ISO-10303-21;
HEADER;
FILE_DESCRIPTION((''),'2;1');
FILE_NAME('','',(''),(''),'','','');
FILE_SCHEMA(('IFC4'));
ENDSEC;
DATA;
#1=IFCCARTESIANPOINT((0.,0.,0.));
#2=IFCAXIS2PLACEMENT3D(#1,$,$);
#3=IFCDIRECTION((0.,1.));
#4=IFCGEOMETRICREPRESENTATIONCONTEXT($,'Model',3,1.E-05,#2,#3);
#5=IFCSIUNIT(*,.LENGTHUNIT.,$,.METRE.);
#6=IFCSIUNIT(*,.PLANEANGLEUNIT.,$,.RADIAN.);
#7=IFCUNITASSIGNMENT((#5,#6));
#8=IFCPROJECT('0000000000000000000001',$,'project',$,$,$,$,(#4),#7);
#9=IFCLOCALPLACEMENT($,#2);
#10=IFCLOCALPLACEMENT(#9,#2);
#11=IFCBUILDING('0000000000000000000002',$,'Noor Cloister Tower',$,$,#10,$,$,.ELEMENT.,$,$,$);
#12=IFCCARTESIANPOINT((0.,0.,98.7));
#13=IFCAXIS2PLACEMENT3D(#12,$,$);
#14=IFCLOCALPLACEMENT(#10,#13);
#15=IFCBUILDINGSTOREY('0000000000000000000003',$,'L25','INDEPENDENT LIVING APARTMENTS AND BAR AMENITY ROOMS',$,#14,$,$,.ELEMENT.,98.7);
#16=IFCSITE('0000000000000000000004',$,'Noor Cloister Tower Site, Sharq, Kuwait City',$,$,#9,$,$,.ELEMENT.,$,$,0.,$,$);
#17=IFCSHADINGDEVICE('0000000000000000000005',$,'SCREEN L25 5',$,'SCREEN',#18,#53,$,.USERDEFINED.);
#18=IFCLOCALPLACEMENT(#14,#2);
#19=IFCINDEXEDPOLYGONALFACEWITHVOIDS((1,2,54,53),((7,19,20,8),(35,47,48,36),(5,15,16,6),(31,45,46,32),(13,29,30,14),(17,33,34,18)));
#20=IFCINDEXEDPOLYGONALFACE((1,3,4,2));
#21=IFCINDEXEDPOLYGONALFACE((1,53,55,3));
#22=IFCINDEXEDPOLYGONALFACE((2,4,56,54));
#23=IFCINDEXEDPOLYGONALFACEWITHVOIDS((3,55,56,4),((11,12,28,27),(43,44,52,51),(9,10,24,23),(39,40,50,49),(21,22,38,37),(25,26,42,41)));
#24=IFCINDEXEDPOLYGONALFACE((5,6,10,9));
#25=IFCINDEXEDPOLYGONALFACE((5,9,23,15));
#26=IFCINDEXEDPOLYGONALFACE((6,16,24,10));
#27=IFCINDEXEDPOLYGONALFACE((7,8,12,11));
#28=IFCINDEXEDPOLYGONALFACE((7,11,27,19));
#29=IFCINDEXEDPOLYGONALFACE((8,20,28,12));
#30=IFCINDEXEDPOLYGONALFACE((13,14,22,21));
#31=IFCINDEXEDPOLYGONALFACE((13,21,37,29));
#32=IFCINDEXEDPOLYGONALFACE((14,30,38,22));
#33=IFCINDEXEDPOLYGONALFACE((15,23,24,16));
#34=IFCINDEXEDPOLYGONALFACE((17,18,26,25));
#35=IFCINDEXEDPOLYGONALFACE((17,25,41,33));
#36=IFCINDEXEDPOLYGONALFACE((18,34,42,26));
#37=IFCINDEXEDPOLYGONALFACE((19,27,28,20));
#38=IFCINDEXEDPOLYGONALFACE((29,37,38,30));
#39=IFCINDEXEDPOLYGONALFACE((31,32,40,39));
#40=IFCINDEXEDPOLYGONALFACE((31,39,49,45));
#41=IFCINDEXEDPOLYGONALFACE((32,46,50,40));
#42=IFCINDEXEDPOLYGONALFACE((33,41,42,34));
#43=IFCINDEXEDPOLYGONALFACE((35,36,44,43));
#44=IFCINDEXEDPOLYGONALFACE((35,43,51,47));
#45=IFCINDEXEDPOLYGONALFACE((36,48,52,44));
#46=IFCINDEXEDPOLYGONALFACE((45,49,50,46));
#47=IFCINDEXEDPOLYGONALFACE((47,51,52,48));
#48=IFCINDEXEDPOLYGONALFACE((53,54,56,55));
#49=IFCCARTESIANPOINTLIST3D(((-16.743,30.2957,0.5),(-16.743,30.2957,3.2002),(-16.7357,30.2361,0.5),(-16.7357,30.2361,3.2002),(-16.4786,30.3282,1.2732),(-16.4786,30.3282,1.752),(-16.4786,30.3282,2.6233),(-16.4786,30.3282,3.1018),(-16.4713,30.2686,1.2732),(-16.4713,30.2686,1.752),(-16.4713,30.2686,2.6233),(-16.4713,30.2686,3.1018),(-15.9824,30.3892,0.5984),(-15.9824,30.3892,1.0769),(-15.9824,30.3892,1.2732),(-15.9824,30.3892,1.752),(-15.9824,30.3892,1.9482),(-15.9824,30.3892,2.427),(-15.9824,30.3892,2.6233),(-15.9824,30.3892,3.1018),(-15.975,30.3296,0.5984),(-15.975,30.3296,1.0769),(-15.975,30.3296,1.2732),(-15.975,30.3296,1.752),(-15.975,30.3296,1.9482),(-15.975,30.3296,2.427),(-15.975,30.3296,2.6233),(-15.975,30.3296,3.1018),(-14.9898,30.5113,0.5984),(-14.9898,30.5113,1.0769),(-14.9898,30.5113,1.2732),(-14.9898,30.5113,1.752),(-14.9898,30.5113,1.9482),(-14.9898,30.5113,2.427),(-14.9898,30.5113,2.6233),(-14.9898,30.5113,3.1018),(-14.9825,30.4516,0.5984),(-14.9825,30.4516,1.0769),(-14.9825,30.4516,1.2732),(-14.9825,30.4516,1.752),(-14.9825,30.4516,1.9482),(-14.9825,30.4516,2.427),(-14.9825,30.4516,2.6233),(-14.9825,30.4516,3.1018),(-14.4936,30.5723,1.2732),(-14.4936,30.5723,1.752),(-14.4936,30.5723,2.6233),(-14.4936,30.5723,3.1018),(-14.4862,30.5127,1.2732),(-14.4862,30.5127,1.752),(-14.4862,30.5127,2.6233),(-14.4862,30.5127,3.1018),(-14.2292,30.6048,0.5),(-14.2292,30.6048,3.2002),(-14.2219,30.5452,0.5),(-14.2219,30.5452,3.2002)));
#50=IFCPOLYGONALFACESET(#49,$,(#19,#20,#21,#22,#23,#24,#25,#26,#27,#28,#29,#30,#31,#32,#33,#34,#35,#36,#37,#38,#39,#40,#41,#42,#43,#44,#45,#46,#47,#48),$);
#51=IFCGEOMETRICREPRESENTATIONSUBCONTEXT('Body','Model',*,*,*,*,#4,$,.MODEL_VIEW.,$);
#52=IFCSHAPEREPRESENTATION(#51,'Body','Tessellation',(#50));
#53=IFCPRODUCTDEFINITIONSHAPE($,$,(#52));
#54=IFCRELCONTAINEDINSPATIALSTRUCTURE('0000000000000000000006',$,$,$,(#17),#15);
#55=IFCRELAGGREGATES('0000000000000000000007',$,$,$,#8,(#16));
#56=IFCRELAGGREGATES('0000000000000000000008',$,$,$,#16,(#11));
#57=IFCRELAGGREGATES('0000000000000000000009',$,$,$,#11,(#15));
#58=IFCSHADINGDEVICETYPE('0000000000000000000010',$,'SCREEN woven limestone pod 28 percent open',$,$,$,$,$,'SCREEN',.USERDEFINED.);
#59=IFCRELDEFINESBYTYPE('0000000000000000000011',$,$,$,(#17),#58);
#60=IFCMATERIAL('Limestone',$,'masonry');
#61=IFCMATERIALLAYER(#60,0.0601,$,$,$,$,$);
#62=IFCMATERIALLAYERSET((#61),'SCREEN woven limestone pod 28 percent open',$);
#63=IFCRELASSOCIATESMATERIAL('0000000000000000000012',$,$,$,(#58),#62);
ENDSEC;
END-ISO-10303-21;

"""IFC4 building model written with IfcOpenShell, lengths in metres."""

from ifc_helpers import new_model, si_unit, direction, frame, origin, place, context, subcontext, project, spatial, polyline, outline, extrude, material, layer, layer_set, type_object, element, save


model = new_model("IFC4")

# Units and contexts
model_context = context("Model", 3, precision=1e-05, world=origin(), true_north=direction((0.0, 1.0)))
body_context = subcontext(model_context, "Body", "Model", "MODEL_VIEW")
ifc_project = project(units=[si_unit("LENGTHUNIT", "METRE"), si_unit("PLANEANGLEUNIT", "RADIAN")], contexts=[model_context])

# Site, building, storey
site_placement = place(None, origin())
site = spatial("IfcSite", under=ifc_project, at=site_placement, Name="Noor Cloister Tower Site, Sharq, Kuwait City", CompositionType="ELEMENT", RefElevation=0.0)
building_placement = place(site_placement, origin())
building = spatial("IfcBuilding", under=site, at=building_placement, Name="Noor Cloister Tower", CompositionType="ELEMENT")
storey_placement = place(building_placement, frame((0.0, 0.0, 98.7)))
storey = spatial("IfcBuildingStorey", under=building, at=storey_placement, Name="L25", Description="INDEPENDENT LIVING APARTMENTS AND BAR AMENITY ROOMS", CompositionType="ELEMENT", Elevation=98.7)

# Shading device
ifc_material_1 = material(Name="Limestone", Category="masonry")
ifc_layer_1 = layer(ifc_material_1, 0.0601)
ifc_layer_set_1 = layer_set([ifc_layer_1], Name="SCREEN woven limestone pod 28 percent open")
shading_device_type = type_object("IfcShadingDeviceType", Name="SCREEN woven limestone pod 28 percent open", ElementType="SCREEN", PredefinedType="USERDEFINED", material=ifc_layer_set_1)
shading_device_1_placement = place(storey_placement, frame((-15.4788, 30.3906, 1.8501), z_axis=(-0.122032, 0.992526, 0.0), x_axis=(-0.992526, -0.122032, 0.0)))
element("IfcShadingDevice", 1, at=shading_device_1_placement, inside=storey, type_object=shading_device_type, Name="SCREEN L25 5", ObjectType="SCREEN", PredefinedType="USERDEFINED", context=body_context, shape_type="SweptSolid", body=[
    extrude(outline(polyline([(-1.2664, -1.3501), (1.2664, -1.3501), (1.2664, 1.3501), (-1.2664, 1.3501), (-1.2664, -1.3501)]), holes=[polyline([(-0.5, -1.2517), (0.5, -1.2517), (0.5, -0.7732), (-0.5, -0.7732), (-0.5, -1.2517)]), polyline([(-1.0, -0.5769), (-0.5, -0.5769), (-0.5, -0.0981), (-1.0, -0.0981), (-1.0, -0.5769)]), polyline([(0.5, -0.5769), (1.0, -0.5769), (1.0, -0.0981), (0.5, -0.0981), (0.5, -0.5769)]), polyline([(-0.5, 0.0981), (0.5, 0.0981), (0.5, 0.5769), (-0.5, 0.5769), (-0.5, 0.0981)]), polyline([(-1.0, 0.7732), (-0.5, 0.7732), (-0.5, 1.2517), (-1.0, 1.2517), (-1.0, 0.7732)]), polyline([(0.5, 0.7732), (1.0, 0.7732), (1.0, 1.2517), (0.5, 1.2517), (0.5, 0.7732)])]), origin(), (0.0, 0.0, 1.0), 0.0601),
])

save(model, "model.ifc")
